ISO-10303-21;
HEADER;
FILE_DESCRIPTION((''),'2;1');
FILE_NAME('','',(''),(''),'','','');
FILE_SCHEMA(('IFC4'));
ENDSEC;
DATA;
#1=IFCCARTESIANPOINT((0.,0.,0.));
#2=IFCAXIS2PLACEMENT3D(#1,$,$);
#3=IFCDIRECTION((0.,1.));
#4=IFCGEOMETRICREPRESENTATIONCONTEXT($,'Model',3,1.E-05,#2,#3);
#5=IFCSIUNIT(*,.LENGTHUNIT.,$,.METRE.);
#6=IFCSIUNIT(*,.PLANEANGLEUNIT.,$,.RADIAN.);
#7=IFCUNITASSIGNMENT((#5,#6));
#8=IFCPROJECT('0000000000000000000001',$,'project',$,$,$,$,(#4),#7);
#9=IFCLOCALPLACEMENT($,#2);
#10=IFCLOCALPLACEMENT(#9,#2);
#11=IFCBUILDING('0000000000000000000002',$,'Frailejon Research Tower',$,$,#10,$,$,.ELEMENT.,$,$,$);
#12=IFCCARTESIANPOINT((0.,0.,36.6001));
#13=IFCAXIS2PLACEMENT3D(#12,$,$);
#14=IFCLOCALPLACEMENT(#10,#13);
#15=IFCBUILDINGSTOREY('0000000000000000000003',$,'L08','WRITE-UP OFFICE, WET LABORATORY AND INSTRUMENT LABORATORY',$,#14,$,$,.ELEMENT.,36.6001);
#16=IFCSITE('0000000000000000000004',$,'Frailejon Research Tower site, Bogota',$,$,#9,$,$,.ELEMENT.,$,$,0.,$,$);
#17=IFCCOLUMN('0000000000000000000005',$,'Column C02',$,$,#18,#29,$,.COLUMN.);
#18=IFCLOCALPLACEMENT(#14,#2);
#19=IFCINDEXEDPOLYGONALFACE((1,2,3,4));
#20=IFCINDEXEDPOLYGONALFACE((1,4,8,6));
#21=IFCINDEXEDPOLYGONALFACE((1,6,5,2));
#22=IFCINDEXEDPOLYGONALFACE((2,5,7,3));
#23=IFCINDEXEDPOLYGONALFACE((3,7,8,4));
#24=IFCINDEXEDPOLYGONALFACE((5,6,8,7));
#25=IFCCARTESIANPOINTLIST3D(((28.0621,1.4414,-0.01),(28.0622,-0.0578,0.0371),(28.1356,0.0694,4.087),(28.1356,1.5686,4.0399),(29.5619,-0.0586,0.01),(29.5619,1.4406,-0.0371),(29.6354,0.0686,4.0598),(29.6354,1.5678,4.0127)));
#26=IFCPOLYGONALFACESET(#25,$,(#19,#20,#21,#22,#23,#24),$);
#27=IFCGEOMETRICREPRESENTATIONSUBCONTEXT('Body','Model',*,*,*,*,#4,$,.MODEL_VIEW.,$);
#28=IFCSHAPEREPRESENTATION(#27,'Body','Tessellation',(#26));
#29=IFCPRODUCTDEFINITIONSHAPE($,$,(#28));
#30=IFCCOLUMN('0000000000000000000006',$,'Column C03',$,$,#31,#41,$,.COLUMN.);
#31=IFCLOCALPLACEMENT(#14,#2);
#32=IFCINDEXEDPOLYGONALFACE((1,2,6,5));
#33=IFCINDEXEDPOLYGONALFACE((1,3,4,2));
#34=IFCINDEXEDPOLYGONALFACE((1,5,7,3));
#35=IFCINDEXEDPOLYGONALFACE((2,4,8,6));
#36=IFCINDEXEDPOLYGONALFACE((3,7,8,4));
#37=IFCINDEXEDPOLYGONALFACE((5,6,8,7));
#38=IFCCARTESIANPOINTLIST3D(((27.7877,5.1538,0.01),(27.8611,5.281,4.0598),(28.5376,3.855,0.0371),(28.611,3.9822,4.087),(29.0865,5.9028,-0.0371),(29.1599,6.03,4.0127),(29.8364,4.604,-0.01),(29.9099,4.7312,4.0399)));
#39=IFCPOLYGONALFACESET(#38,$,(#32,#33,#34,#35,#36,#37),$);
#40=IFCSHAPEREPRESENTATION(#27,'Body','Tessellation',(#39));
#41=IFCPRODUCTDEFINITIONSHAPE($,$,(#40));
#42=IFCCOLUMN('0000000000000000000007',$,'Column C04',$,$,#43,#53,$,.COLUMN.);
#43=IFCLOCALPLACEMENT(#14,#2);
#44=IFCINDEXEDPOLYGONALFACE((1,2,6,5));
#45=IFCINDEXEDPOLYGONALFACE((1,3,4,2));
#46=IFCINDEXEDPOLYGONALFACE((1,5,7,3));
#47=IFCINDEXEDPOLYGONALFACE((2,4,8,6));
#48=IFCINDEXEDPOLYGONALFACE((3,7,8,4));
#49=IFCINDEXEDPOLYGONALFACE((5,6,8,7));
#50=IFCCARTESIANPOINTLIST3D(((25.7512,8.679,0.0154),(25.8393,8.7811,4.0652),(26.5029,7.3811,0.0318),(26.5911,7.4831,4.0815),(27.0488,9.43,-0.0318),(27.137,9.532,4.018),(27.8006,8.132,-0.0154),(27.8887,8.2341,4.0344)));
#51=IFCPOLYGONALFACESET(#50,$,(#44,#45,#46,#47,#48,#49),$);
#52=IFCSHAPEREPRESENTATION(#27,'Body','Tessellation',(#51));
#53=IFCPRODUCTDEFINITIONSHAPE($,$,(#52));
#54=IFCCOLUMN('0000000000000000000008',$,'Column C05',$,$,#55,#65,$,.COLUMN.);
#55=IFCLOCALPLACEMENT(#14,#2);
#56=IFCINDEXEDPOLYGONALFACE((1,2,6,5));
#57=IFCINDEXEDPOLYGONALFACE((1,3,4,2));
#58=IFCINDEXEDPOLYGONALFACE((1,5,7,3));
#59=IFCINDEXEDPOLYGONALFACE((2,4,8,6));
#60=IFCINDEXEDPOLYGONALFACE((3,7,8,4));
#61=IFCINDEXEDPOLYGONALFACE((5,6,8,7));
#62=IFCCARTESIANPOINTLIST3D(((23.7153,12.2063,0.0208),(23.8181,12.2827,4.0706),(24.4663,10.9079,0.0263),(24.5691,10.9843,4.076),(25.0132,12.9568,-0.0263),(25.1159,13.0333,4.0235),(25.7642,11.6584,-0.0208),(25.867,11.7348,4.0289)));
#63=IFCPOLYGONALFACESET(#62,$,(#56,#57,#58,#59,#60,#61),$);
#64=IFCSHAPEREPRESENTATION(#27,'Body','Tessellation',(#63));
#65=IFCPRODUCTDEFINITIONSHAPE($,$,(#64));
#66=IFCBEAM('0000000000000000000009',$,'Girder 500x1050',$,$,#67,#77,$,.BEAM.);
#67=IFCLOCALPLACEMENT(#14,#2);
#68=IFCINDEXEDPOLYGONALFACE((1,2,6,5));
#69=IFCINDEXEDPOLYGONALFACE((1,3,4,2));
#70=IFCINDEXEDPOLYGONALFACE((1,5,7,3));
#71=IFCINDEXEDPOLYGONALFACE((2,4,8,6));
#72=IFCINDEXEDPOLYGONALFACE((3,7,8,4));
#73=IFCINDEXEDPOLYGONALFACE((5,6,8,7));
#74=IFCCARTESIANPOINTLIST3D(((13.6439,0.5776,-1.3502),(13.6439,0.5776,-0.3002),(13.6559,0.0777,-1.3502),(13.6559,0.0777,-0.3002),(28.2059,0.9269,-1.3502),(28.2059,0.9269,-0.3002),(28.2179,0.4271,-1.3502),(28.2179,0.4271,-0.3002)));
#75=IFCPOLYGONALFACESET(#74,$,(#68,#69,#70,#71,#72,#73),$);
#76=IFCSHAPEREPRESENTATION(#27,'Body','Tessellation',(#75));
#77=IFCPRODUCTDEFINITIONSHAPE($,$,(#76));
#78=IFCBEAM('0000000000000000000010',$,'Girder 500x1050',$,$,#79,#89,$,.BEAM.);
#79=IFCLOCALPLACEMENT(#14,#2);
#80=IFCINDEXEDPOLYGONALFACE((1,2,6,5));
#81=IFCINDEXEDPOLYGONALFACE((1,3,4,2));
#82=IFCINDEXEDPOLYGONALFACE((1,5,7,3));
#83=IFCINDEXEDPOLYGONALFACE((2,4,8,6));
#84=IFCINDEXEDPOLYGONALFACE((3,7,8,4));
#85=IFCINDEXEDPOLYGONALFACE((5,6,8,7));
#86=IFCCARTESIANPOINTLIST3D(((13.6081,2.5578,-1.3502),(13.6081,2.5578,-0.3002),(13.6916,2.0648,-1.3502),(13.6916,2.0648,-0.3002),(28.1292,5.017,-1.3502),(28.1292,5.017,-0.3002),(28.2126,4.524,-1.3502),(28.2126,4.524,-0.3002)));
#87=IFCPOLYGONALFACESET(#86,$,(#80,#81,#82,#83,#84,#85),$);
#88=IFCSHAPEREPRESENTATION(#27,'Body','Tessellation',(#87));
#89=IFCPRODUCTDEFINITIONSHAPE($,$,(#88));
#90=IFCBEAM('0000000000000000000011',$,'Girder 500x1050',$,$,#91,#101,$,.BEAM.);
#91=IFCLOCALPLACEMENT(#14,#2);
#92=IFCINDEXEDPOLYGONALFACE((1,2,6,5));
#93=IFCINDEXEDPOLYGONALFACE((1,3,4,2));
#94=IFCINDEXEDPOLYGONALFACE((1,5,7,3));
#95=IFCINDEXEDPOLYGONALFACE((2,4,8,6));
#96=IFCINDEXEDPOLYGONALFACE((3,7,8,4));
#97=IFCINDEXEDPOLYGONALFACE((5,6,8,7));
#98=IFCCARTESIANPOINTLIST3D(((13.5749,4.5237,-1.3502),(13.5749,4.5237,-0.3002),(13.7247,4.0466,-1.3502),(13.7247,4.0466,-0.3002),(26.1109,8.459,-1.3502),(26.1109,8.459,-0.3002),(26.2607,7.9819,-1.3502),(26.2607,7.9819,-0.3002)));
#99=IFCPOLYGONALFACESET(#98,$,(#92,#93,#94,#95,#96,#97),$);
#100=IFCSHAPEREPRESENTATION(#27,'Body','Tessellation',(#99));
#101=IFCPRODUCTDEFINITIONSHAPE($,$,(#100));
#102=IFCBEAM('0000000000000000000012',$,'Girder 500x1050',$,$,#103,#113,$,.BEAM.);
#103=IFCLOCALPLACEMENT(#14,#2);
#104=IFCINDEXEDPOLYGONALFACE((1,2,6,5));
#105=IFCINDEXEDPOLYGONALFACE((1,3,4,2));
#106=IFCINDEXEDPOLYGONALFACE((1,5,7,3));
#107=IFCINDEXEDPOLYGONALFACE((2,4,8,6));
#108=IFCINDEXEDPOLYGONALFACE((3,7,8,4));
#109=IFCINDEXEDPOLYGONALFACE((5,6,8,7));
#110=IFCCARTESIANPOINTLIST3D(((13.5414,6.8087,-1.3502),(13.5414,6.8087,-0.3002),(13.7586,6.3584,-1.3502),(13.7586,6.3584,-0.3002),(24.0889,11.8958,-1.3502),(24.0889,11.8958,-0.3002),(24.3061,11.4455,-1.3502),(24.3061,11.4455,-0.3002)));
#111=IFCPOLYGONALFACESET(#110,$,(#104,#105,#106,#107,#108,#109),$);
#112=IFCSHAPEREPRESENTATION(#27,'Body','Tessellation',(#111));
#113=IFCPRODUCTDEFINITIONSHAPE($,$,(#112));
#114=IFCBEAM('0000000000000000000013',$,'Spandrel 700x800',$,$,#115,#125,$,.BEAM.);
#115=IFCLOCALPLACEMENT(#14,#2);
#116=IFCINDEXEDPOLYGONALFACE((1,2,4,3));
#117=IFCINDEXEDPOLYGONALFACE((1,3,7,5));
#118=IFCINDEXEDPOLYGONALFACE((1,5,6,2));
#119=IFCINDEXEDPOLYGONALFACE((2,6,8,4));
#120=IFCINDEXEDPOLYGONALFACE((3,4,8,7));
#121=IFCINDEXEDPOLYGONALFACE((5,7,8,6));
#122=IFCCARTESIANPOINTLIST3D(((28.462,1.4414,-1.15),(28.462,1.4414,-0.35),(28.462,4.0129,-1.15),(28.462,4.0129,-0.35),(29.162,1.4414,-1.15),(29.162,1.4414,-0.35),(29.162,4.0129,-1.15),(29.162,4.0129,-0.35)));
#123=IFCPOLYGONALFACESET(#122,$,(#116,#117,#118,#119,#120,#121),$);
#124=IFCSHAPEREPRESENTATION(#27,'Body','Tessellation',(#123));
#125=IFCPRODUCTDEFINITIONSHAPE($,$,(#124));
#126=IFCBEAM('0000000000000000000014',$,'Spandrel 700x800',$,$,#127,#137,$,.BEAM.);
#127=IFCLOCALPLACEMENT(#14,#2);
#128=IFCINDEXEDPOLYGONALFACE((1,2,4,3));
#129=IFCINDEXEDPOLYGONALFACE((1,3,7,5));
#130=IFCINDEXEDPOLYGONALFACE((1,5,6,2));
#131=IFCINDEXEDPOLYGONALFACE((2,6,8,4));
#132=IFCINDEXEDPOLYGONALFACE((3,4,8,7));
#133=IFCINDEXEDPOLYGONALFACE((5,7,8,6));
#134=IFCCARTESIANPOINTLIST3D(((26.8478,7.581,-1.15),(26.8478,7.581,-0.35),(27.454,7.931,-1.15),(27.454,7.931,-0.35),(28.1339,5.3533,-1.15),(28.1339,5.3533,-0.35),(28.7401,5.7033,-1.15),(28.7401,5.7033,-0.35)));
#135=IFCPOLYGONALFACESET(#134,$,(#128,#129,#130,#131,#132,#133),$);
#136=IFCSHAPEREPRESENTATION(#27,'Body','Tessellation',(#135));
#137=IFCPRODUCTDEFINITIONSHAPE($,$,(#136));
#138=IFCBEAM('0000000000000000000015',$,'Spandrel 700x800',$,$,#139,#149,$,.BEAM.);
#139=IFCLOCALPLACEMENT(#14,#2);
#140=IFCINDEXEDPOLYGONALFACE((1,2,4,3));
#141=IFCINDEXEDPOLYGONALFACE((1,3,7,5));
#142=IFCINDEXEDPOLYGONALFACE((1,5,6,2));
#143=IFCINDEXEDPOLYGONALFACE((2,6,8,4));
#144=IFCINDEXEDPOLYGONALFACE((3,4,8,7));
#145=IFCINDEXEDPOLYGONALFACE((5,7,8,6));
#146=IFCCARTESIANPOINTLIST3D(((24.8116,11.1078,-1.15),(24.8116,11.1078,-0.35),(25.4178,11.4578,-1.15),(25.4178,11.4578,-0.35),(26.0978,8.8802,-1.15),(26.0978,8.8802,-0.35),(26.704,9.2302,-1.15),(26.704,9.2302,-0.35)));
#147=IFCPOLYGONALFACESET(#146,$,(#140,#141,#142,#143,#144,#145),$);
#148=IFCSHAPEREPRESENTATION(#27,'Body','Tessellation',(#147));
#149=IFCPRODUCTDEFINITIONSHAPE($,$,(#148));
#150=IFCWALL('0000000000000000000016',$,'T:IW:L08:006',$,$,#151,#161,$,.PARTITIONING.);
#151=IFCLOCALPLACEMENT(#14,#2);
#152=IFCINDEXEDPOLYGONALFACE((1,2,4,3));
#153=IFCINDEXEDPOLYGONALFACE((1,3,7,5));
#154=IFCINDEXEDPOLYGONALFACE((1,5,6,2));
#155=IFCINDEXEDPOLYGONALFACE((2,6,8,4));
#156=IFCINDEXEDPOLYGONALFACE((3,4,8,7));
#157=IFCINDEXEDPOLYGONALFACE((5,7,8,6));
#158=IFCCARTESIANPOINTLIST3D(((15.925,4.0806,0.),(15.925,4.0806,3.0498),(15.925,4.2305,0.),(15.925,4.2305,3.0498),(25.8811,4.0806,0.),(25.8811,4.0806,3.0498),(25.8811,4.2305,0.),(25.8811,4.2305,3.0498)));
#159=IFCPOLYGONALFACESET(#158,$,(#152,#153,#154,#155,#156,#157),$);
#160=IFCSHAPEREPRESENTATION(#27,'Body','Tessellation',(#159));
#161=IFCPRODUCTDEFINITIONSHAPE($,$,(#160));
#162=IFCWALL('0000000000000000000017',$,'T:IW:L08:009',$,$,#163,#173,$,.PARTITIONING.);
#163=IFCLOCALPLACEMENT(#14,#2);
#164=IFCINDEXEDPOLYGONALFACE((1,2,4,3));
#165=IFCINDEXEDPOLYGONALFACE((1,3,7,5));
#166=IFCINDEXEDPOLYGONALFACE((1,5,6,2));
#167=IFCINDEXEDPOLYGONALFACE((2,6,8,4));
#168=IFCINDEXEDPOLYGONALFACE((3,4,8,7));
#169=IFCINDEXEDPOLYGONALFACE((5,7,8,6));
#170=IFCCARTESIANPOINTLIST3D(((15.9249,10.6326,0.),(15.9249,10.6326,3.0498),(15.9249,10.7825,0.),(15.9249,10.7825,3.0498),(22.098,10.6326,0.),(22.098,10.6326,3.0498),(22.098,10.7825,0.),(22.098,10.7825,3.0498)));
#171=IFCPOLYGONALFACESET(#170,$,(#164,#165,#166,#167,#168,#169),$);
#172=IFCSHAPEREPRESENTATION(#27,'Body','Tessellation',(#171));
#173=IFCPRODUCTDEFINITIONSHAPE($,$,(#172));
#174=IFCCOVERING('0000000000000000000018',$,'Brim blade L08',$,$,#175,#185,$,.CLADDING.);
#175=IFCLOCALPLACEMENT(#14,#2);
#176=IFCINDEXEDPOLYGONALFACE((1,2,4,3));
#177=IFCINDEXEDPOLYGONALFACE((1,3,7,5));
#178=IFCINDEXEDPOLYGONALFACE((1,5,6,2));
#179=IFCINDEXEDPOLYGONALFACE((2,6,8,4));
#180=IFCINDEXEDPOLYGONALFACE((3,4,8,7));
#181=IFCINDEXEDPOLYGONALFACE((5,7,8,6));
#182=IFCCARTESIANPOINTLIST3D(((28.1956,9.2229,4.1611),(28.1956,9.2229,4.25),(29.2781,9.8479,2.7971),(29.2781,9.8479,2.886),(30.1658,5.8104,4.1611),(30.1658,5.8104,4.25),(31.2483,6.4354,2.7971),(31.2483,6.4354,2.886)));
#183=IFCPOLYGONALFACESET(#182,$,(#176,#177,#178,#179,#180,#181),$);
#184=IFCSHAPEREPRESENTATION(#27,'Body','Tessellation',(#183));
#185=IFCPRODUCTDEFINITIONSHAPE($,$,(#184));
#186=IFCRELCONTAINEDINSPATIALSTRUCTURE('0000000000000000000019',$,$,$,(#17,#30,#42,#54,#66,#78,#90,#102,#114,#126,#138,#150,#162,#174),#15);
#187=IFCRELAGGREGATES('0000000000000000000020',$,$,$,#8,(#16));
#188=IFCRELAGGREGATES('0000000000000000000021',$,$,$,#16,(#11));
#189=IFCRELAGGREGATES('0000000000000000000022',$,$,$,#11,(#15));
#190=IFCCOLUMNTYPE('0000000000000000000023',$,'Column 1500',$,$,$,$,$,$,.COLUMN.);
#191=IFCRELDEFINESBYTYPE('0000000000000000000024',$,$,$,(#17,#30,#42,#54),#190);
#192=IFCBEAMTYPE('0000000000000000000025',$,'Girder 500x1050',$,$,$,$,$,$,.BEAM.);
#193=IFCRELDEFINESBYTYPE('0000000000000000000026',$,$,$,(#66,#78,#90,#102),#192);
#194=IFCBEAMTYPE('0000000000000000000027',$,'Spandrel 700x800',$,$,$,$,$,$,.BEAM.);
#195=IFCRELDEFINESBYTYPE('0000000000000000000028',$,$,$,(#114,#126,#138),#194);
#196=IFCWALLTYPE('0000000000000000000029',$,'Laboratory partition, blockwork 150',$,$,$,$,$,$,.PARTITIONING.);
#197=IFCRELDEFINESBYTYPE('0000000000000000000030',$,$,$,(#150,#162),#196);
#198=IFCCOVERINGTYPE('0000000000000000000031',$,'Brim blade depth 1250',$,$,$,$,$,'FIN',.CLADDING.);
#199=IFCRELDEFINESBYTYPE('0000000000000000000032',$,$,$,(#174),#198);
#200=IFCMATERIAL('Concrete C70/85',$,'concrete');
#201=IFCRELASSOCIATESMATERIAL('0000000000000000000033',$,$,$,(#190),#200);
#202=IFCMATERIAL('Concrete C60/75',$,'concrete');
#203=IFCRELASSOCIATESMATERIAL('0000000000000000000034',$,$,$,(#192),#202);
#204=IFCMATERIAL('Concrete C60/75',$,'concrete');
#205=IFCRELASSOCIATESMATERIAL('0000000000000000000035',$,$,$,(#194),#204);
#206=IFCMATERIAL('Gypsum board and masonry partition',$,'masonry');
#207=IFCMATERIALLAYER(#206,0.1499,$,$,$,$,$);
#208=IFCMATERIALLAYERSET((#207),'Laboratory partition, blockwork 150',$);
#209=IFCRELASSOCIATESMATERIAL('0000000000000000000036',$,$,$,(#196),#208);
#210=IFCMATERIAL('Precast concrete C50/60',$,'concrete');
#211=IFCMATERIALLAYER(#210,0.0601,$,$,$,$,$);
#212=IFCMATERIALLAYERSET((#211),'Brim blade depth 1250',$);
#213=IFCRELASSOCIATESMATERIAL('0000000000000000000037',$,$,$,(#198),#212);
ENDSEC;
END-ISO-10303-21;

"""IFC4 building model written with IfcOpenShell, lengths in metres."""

from ifc_helpers import new_model, si_unit, direction, frame, frame_2d, origin, origin_2d, place, context, subcontext, project, spatial, polyline, rectangle, outline, extrude, material, layer, layer_set, material_profile, profile_set, type_object, element, save


model = new_model("IFC4")

# Units and contexts
model_context = context("Model", 3, precision=1e-05, world=origin(), true_north=direction((0.0, 1.0)))
body_context = subcontext(model_context, "Body", "Model", "MODEL_VIEW")
ifc_project = project(units=[si_unit("LENGTHUNIT", "METRE"), si_unit("PLANEANGLEUNIT", "RADIAN")], contexts=[model_context])

# Site, building, storey
site_placement = place(None, origin())
site = spatial("IfcSite", under=ifc_project, at=site_placement, Name="Frailejon Research Tower site, Bogota", CompositionType="ELEMENT", RefElevation=0.0)
building_placement = place(site_placement, origin())
building = spatial("IfcBuilding", under=site, at=building_placement, Name="Frailejon Research Tower", CompositionType="ELEMENT")
storey_placement = place(building_placement, frame((0.0, 0.0, 36.6001)))
storey = spatial("IfcBuildingStorey", under=building, at=storey_placement, Name="L08", Description="WRITE-UP OFFICE, WET LABORATORY AND INSTRUMENT LABORATORY", CompositionType="ELEMENT", Elevation=36.6001)

# Columns
ifc_material_1 = material(Name="Concrete C70/85", Category="concrete")
ifc_material_profile_1 = material_profile(ifc_material_1, rectangle(XDim=1.5, YDim=1.5, at=origin_2d()), Name="Column 1500")
ifc_profile_set_1 = profile_set([ifc_material_profile_1], Name="Concrete C70/85")
column_type = type_object("IfcColumnType", Name="Column 1500", PredefinedType="COLUMN", material=ifc_profile_set_1)
for number, where, z_axis, x_axis, name in (
    (1, (28.812, 0.6914, 0.0), (0.018134, 0.031388, 0.999343), (-0.000022, 0.999507, -0.031392), "Column C02"),
    (2, (28.812, 4.8789, 0.0), (0.018134, 0.031388, 0.999343), (-0.499939, 0.865871, -0.018124), "Column C03"),
):
    element("IfcColumn", number, at=place(storey_placement, frame(where, z_axis=z_axis, x_axis=x_axis)), inside=storey, type_object=column_type, Name=name, PredefinedType="COLUMN", context=body_context, shape_type="SweptSolid", body=[
        extrude(rectangle(XDim=1.5, YDim=1.5, at=origin_2d()), origin(), (0.0, 0.0, 1.0), 4.0525),
    ])
column_1_placement = place(storey_placement, frame((26.7759, 8.4055, 0.0), z_axis=(0.021751, 0.025185, 0.999446), x_axis=(-0.501142, 0.865297, -0.010898)))
element("IfcColumn", 3, at=column_1_placement, inside=storey, type_object=column_type, Name="Column C04", PredefinedType="COLUMN", context=body_context, shape_type="SweptSolid", body=[
    extrude(rectangle(XDim=1.5, YDim=1.5, at=origin_2d()), origin(), (0.0, 0.0, 1.0), 4.052),
])
column_2_placement = place(storey_placement, frame((24.7397, 11.9324, 0.0), z_axis=(0.025367, 0.01886, 0.9995), x_axis=(-0.500693, 0.865617, -0.003626)))
element("IfcColumn", 4, at=column_2_placement, inside=storey, type_object=column_type, Name="Column C05", PredefinedType="COLUMN", context=body_context, shape_type="SweptSolid", body=[
    extrude(rectangle(XDim=1.5, YDim=1.5, at=origin_2d()), origin(), (0.0, 0.0, 1.0), 4.0518),
])

# Beams
ifc_material_2 = material(Name="Concrete C60/75", Category="concrete")
ifc_material_profile_2 = material_profile(ifc_material_2, rectangle(XDim=0.5, YDim=1.05, at=origin_2d()), Name="Girder 500x1050")
ifc_profile_set_2 = profile_set([ifc_material_profile_2], Name="Concrete C60/75")
beam_type_1 = type_object("IfcBeamType", Name="Girder 500x1050", PredefinedType="BEAM", material=ifc_profile_set_2)
beam_1_placement = place(storey_placement, frame((28.2119, 0.677, -0.8252), z_axis=(-0.999712, -0.023985, 0.0), x_axis=(0.023985, -0.999712, 0.0)))
element("IfcBeam", 5, at=beam_1_placement, inside=storey, type_object=beam_type_1, Name="Girder 500x1050", PredefinedType="BEAM", context=body_context, shape_type="SweptSolid", body=[
    extrude(rectangle(XDim=0.5, YDim=1.05, at=origin_2d()), origin(), (0.0, 0.0, 1.0), 14.5662),
])
beam_2_placement = place(storey_placement, frame((28.1709, 4.7705, -0.8252), z_axis=(-0.98596, -0.166979, 0.0), x_axis=(0.166979, -0.98596, 0.0)))
element("IfcBeam", 6, at=beam_2_placement, inside=storey, type_object=beam_type_1, Name="Girder 500x1050", PredefinedType="BEAM", context=body_context, shape_type="SweptSolid", body=[
    extrude(rectangle(XDim=0.5, YDim=1.05, at=origin_2d()), origin(), (0.0, 0.0, 1.0), 14.7278),
])
beam_3_placement = place(storey_placement, frame((26.1858, 8.2205, -0.8252), z_axis=(-0.954093, -0.299512, 0.0), x_axis=(0.299512, -0.954093, 0.0)))
element("IfcBeam", 7, at=beam_3_placement, inside=storey, type_object=beam_type_1, Name="Girder 500x1050", PredefinedType="BEAM", context=body_context, shape_type="SweptSolid", body=[
    extrude(rectangle(XDim=0.5, YDim=1.05, at=origin_2d()), origin(), (0.0, 0.0, 1.0), 13.1392),
])
beam_4_placement = place(storey_placement, frame((24.1975, 11.6707, -0.8252), z_axis=(-0.900712, -0.434417, 0.0), x_axis=(0.434417, -0.900712, 0.0)))
element("IfcBeam", 8, at=beam_4_placement, inside=storey, type_object=beam_type_1, Name="Girder 500x1050", PredefinedType="BEAM", context=body_context, shape_type="SweptSolid", body=[
    extrude(rectangle(XDim=0.5, YDim=1.05, at=origin_2d()), origin(), (0.0, 0.0, 1.0), 11.7102),
])
ifc_material_3 = material(Name="Concrete C60/75", Category="concrete")
ifc_material_profile_3 = material_profile(ifc_material_3, rectangle(XDim=0.7, YDim=0.8, at=origin_2d()), Name="Spandrel 700x800")
ifc_profile_set_3 = profile_set([ifc_material_profile_3], Name="Concrete C60/75")
beam_type_2 = type_object("IfcBeamType", Name="Spandrel 700x800", PredefinedType="BEAM", material=ifc_profile_set_3)
beam_5_placement = place(storey_placement, frame((28.812, 1.4414, -0.75), z_axis=(0.0, 1.0, 0.0), x_axis=(-1.0, 0.0, 0.0)))
element("IfcBeam", 9, at=beam_5_placement, inside=storey, type_object=beam_type_2, Name="Spandrel 700x800", PredefinedType="BEAM", context=body_context, shape_type="SweptSolid", body=[
    extrude(rectangle(XDim=0.7, YDim=0.8, at=origin_2d()), origin(), (0.0, 0.0, 1.0), 2.5715),
])
for number, where, z_axis, x_axis, name in (
    (10, (28.437, 5.5283, -0.75), (-0.499977, 0.866039, 0.0), (-0.866039, -0.499977, 0.0), "Spandrel 700x800"),
    (11, (26.4009, 9.0552, -0.75), (-0.500018, 0.866015, 0.0), (-0.866015, -0.500018, 0.0), "Spandrel 700x800"),
):
    element("IfcBeam", number, at=place(storey_placement, frame(where, z_axis=z_axis, x_axis=x_axis)), inside=storey, type_object=beam_type_2, Name=name, PredefinedType="BEAM", context=body_context, shape_type="SweptSolid", body=[
        extrude(rectangle(XDim=0.7, YDim=0.8, at=origin_2d()), origin(), (0.0, 0.0, 1.0), 2.5723),
    ])

# Walls
ifc_material_4 = material(Name="Gypsum board and masonry partition", Category="masonry")
ifc_layer_1 = layer(ifc_material_4, 0.1499)
ifc_layer_set_1 = layer_set([ifc_layer_1], Name="Laboratory partition, blockwork 150")
wall_type_1 = type_object("IfcWallType", Name="Laboratory partition, blockwork 150", PredefinedType="PARTITIONING", material=ifc_layer_set_1)
wall_1_placement = place(storey_placement, frame((15.925, 4.1555, 0.0), z_axis=(0.0, 0.0, 1.0), x_axis=(1.0, 0.0, 0.0)))
element("IfcWall", 12, at=wall_1_placement, inside=storey, type_object=wall_type_1, Name="T:IW:L08:006", PredefinedType="PARTITIONING", context=body_context, shape_type="SweptSolid", body=[
    extrude(rectangle(XDim=9.9561, YDim=0.1499, at=frame_2d((4.978, 0.0))), origin(), (0.0, 0.0, 1.0), 3.0498),
])
wall_2_placement = place(storey_placement, frame((15.925, 10.7075, 0.0), z_axis=(0.0, 0.0, 1.0), x_axis=(1.0, 0.0, 0.0)))
element("IfcWall", 13, at=wall_2_placement, inside=storey, type_object=wall_type_1, Name="T:IW:L08:009", PredefinedType="PARTITIONING", context=body_context, shape_type="SweptSolid", body=[
    extrude(rectangle(XDim=6.1731, YDim=0.1499, at=frame_2d((3.0864, 0.0))), origin(), (0.0, 0.0, 1.0), 3.0498),
])

# Covering
ifc_material_5 = material(Name="Precast concrete C50/60", Category="concrete")
ifc_layer_2 = layer(ifc_material_5, 0.0601)
ifc_layer_set_2 = layer_set([ifc_layer_2], Name="Brim blade depth 1250")
covering_type_1 = type_object("IfcCoveringType", Name="Brim blade depth 1250", ElementType="FIN", PredefinedType="CLADDING", material=ifc_layer_set_2)
covering_1_placement = place(storey_placement, frame((28.1956, 9.2229, 4.25), z_axis=(0.499999, -0.866026, 0.0), x_axis=(0.866026, 0.499999, 0.0)))
element("IfcCovering", 14, at=covering_1_placement, inside=storey, type_object=covering_type_1, Name="Brim blade L08", PredefinedType="CLADDING", context=body_context, shape_type="SweptSolid", body=[
    extrude(outline(polyline([(0.0, -0.0889), (1.25, -1.4529), (1.25, -1.364), (0.0, 0.0), (0.0, -0.0889)])), origin(), (0.0, 0.0, 1.0), 3.9404),
])

save(model, "model.ifc")
